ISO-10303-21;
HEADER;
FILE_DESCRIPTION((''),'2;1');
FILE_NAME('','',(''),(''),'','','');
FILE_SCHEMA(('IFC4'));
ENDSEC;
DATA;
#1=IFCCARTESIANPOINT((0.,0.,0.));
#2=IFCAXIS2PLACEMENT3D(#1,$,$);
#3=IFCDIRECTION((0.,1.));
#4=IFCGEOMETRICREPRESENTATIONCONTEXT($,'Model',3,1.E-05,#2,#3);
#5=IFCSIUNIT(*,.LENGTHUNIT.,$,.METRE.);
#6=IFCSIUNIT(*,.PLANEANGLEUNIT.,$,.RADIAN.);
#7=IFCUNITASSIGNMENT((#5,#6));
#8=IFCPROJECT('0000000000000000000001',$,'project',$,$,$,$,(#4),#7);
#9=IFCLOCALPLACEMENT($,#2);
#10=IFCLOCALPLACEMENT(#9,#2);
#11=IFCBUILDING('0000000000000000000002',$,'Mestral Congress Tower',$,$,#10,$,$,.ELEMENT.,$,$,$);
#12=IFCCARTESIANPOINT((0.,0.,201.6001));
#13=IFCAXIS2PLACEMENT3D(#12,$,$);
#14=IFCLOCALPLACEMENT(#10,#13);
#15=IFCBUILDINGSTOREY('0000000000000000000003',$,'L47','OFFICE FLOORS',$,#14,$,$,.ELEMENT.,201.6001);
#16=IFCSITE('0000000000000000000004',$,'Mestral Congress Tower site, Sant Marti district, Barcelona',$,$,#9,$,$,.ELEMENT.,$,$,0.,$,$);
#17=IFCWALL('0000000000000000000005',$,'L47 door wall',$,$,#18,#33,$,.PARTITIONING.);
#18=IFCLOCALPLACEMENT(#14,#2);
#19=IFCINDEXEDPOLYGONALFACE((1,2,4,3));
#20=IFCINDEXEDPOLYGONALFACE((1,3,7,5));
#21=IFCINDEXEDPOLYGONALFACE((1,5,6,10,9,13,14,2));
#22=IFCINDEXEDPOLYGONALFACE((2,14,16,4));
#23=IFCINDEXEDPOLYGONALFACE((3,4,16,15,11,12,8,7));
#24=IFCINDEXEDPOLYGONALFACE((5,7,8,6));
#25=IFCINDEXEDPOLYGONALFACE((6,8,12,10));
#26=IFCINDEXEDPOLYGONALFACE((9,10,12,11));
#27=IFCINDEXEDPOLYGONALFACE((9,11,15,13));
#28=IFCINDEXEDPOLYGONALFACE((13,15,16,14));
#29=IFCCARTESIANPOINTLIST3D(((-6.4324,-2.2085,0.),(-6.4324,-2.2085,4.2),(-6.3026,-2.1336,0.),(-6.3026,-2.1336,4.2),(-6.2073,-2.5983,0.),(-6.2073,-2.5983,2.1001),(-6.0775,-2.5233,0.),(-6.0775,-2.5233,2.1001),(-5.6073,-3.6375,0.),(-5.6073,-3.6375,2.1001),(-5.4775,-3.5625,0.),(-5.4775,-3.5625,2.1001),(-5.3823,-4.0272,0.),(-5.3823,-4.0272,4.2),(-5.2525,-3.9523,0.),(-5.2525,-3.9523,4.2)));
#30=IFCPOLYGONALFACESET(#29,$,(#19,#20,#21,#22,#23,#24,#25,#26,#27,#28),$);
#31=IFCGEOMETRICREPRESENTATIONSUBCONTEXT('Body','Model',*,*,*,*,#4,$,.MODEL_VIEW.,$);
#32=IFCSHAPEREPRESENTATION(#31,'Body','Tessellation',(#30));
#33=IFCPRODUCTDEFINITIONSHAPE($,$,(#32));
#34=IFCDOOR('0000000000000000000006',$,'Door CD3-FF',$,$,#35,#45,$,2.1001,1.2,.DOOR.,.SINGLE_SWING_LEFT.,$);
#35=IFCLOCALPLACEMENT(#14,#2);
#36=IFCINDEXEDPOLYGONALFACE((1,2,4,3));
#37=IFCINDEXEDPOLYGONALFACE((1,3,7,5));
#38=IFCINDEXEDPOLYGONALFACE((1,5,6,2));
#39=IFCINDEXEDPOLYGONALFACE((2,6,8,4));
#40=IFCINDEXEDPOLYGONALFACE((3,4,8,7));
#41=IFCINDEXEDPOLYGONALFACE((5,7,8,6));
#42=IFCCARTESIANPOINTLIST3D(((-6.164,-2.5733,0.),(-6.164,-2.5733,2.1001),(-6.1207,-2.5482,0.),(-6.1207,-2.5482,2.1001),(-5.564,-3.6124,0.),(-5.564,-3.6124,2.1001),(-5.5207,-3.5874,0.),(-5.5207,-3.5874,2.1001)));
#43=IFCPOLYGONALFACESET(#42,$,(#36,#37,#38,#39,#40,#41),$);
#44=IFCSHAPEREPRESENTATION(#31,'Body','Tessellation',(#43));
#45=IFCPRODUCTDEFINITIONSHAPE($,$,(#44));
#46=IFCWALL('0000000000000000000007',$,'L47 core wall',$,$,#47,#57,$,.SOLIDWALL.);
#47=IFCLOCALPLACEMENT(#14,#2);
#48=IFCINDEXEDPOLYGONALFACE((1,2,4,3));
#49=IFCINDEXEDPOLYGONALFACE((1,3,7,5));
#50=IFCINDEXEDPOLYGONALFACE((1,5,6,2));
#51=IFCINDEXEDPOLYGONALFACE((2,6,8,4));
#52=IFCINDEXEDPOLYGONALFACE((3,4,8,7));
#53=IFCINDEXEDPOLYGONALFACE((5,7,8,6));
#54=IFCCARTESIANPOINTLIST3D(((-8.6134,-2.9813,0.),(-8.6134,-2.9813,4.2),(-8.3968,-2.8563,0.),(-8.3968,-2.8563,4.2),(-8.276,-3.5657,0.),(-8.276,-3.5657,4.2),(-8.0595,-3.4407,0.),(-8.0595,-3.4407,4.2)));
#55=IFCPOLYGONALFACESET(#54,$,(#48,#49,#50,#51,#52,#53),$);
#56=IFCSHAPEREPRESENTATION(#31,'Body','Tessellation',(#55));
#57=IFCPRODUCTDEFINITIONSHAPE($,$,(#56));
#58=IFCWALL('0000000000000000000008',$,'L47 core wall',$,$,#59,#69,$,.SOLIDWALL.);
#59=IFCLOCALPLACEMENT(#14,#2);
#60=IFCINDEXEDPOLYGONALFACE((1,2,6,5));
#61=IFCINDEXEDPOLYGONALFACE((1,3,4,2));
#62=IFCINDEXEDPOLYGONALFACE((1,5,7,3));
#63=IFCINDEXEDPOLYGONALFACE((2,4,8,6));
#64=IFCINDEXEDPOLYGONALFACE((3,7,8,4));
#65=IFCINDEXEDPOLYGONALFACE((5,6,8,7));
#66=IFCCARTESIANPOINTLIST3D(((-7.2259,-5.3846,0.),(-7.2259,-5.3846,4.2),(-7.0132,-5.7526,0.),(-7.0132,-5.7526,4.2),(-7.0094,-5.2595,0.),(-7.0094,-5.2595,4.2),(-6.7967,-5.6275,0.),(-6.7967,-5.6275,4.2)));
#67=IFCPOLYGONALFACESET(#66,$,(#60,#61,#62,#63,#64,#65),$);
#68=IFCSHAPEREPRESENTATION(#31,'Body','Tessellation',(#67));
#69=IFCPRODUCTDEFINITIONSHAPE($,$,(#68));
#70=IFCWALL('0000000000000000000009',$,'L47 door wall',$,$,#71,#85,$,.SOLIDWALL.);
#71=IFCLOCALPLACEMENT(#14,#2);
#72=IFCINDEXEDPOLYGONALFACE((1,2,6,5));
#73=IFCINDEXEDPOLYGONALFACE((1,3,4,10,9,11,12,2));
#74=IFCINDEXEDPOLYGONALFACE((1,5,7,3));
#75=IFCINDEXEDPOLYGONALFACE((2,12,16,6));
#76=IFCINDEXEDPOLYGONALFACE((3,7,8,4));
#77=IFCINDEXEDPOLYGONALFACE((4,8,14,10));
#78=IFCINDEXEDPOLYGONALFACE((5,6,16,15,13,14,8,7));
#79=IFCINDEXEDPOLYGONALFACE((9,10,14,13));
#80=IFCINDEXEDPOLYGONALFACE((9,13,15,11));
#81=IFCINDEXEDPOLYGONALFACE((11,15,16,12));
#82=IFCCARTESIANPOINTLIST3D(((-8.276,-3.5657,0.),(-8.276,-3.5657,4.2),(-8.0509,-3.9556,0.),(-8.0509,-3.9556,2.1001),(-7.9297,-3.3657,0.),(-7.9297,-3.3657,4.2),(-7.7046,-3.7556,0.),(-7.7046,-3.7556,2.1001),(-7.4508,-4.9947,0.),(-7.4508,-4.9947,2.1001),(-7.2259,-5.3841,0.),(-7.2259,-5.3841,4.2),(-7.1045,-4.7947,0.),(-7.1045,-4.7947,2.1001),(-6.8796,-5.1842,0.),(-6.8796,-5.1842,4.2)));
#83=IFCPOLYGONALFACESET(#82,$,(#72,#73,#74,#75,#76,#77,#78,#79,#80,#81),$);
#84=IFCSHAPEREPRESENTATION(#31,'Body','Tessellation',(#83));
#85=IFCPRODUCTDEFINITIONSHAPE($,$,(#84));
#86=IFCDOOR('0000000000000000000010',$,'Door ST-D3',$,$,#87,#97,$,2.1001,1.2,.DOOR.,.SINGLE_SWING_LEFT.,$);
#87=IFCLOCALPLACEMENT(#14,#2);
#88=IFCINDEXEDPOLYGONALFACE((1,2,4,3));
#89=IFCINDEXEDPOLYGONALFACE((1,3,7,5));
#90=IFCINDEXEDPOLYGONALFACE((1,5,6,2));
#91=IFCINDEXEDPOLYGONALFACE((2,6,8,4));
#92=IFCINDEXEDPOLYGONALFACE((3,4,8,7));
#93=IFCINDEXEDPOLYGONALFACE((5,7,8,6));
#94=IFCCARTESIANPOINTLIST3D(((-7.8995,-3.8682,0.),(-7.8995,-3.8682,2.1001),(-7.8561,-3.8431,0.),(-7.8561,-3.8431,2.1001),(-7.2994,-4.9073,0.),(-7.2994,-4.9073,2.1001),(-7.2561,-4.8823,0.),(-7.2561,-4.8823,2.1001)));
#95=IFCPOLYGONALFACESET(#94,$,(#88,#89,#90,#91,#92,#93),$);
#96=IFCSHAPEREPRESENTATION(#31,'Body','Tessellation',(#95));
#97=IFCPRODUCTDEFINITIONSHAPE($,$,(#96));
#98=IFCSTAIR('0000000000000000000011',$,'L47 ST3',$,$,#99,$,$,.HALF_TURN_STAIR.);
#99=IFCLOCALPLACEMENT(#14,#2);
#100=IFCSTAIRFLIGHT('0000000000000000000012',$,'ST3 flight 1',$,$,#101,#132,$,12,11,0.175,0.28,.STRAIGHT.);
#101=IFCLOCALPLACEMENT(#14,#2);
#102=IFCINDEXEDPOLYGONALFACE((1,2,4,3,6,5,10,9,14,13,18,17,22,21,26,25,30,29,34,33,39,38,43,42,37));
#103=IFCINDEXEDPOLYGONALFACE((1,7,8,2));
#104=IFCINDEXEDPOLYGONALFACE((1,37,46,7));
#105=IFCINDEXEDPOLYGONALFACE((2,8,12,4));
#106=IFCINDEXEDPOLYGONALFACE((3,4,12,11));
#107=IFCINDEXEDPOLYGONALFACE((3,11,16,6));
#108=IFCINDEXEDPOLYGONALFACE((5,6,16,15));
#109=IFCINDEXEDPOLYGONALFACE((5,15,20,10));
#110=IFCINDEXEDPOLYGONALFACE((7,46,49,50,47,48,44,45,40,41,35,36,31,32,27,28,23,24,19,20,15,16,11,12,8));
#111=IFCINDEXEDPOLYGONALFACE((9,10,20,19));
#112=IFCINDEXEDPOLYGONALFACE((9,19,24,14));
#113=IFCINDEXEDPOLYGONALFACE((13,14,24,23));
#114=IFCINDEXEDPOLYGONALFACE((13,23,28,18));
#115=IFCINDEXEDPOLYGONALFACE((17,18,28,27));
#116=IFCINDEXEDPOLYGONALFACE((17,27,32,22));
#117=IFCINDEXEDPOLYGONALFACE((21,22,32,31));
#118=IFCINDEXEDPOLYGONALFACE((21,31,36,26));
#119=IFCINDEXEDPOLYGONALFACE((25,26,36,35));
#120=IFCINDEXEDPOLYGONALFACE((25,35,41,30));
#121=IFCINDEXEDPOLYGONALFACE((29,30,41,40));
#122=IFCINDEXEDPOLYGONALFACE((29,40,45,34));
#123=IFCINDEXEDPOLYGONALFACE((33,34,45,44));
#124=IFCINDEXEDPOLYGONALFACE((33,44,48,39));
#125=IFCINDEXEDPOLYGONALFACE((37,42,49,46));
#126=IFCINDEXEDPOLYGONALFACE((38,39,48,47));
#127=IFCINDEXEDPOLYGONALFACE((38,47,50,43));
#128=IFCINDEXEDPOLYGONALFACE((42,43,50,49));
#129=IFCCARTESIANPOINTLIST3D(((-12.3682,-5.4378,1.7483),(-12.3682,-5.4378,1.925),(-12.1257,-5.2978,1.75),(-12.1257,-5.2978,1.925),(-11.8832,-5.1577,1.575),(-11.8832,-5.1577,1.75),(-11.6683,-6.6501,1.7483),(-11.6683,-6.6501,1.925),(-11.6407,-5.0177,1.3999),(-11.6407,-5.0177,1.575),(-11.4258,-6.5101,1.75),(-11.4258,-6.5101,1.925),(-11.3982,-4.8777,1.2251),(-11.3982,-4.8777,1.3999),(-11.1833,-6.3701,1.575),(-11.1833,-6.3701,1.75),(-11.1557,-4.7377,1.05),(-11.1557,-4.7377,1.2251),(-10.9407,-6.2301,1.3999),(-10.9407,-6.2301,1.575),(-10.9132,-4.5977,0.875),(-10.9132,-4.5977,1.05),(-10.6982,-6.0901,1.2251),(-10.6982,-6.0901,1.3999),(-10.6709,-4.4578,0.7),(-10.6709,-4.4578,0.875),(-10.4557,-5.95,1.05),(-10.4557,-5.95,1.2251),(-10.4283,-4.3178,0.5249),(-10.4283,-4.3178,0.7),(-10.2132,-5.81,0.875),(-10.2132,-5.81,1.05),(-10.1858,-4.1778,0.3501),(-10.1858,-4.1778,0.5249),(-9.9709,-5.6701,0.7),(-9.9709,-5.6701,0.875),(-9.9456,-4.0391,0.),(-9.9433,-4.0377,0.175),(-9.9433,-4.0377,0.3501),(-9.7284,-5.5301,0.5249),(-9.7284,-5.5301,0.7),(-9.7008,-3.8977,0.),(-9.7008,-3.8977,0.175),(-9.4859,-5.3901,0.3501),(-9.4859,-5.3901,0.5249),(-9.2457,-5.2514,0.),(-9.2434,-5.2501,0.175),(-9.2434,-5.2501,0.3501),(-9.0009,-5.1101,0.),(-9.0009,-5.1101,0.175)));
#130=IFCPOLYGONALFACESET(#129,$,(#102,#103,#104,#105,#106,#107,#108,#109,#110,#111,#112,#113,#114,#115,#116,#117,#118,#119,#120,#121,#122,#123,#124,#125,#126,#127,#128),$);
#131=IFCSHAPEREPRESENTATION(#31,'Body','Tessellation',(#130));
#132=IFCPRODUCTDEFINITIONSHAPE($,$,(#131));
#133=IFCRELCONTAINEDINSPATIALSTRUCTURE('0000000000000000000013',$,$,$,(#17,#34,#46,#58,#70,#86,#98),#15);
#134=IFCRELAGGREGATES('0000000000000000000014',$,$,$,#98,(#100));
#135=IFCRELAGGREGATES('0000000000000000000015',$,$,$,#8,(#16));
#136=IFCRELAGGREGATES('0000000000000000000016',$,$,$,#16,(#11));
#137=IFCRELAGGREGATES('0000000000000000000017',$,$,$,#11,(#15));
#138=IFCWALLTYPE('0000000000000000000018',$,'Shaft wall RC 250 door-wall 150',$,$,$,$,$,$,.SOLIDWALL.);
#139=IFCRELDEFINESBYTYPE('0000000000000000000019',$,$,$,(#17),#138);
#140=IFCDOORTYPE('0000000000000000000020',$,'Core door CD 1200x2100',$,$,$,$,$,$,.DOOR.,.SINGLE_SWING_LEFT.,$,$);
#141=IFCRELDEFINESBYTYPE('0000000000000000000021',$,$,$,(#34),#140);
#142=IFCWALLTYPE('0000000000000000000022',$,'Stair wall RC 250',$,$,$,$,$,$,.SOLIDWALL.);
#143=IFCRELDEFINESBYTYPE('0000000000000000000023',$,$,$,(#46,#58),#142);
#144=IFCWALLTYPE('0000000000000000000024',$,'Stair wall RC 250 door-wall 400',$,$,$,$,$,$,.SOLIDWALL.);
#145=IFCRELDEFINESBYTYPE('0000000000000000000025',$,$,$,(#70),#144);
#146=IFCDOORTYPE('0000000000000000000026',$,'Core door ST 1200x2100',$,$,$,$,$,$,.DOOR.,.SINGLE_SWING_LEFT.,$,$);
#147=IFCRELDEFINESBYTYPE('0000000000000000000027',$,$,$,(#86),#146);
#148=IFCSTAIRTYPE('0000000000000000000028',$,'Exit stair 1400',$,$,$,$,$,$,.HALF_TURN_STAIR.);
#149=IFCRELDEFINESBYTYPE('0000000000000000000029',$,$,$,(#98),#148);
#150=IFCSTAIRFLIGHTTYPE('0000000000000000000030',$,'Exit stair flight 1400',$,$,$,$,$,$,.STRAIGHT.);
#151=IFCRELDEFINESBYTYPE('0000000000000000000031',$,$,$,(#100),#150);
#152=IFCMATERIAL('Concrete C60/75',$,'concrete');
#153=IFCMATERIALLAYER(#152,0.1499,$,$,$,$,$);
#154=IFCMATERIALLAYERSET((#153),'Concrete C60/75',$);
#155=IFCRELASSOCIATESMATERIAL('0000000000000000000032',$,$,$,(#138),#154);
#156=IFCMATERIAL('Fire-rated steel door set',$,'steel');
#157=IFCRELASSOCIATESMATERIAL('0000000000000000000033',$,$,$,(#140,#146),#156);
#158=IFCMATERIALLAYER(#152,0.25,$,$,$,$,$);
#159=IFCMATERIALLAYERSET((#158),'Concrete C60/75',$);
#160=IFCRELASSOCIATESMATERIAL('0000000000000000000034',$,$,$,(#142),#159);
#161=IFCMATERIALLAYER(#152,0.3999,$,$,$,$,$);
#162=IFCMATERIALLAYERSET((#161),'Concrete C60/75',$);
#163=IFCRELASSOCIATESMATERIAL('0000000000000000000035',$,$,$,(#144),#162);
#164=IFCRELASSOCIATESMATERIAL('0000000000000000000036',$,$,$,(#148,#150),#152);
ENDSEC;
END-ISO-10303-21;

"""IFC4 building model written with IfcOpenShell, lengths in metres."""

from ifc_helpers import new_model, si_unit, direction, frame, frame_2d, origin, place, context, subcontext, project, spatial, polyline, rectangle, outline, extrude, material, layer, layer_set, type_object, element, fill, aggregate, save


model = new_model("IFC4")

# Units and contexts
model_context = context("Model", 3, precision=1e-05, world=origin(), true_north=direction((0.0, 1.0)))
body_context = subcontext(model_context, "Body", "Model", "MODEL_VIEW")
ifc_project = project(units=[si_unit("LENGTHUNIT", "METRE"), si_unit("PLANEANGLEUNIT", "RADIAN")], contexts=[model_context])

# Site, building, storey
site_placement = place(None, origin())
site = spatial("IfcSite", under=ifc_project, at=site_placement, Name="Mestral Congress Tower site, Sant Marti district, Barcelona", CompositionType="ELEMENT", RefElevation=0.0)
building_placement = place(site_placement, origin())
building = spatial("IfcBuilding", under=site, at=building_placement, Name="Mestral Congress Tower", CompositionType="ELEMENT")
storey_placement = place(building_placement, frame((0.0, 0.0, 201.6001)))
storey = spatial("IfcBuildingStorey", under=building, at=storey_placement, Name="L47", Description="OFFICE FLOORS", CompositionType="ELEMENT", Elevation=201.6001)

# Shared definitions
ifc_material_1 = material(Name="Concrete C60/75", Category="concrete")

# Shared definitions
ifc_material_2 = material(Name="Fire-rated steel door set", Category="steel")

# Shared definitions
ifc_layer_1 = layer(ifc_material_1, 0.1499)
ifc_layer_set_1 = layer_set([ifc_layer_1], Name="Concrete C60/75")
wall_type_1 = type_object("IfcWallType", Name="Shaft wall RC 250 door-wall 150", PredefinedType="SOLIDWALL", material=ifc_layer_set_1)

# Wall, opening, door
wall_1_placement = place(storey_placement, frame((-5.3174, -3.9897, 0.0), z_axis=(0.0, 0.0, 1.0), x_axis=(-0.500028, 0.866009, 0.0)))
wall_1 = element("IfcWall", 1, at=wall_1_placement, inside=storey, type_object=wall_type_1, Name="L47 door wall", PredefinedType="PARTITIONING", context=body_context, shape_type="SweptSolid", body=[
    extrude(rectangle(XDim=2.1001, YDim=0.1499, at=frame_2d((1.05, 0.0))), origin(), (0.0, 0.0, 1.0), 4.2),
])
opening_1_placement = place(wall_1_placement, frame((0.45, 0.0, 0.0)))
opening_1 = element("IfcOpeningElement", 2, at=opening_1_placement, cuts=wall_1, PredefinedType="OPENING", context=body_context, shape_type="SweptSolid", body=[
    extrude(rectangle(XDim=1.2, YDim=2.1001, at=frame_2d((0.6001, 1.05))), frame((0.0, 0.085, 0.0), z_axis=(0.0, -1.0, 0.0), x_axis=(1.0, 0.0, 0.0)), (0.0, 0.0, 1.0), 0.1699),
])
door_type_1 = type_object("IfcDoorType", Name="Core door CD 1200x2100", OperationType="SINGLE_SWING_LEFT", PredefinedType="DOOR", material=ifc_material_2)
door_1_placement = place(opening_1_placement, origin())
door_1 = element("IfcDoor", 3, at=door_1_placement, inside=storey, type_object=door_type_1, Name="Door CD3-FF", OperationType="SINGLE_SWING_LEFT", OverallHeight=2.1001, OverallWidth=1.2, PredefinedType="DOOR", context=body_context, shape_type="SweptSolid", body=[
    extrude(rectangle(XDim=1.2, YDim=2.1001, at=frame_2d((0.6001, 1.05))), frame((0.0, 0.0249, 0.0), z_axis=(0.0, -1.0, 0.0), x_axis=(1.0, 0.0, 0.0)), (0.0, 0.0, 1.0), 0.05),
])
fill(opening_1, door_1)

# Walls
ifc_layer_2 = layer(ifc_material_1, 0.25)
ifc_layer_set_2 = layer_set([ifc_layer_2], Name="Concrete C60/75")
wall_type_2 = type_object("IfcWallType", Name="Stair wall RC 250", PredefinedType="SOLIDWALL", material=ifc_layer_set_2)
wall_2_placement = place(storey_placement, frame((-8.1677, -3.5032, 0.0), z_axis=(0.0, 0.0, 1.0), x_axis=(-0.499952, 0.866053, 0.0)))
element("IfcWall", 4, at=wall_2_placement, inside=storey, type_object=wall_type_2, Name="L47 core wall", PredefinedType="SOLIDWALL", context=body_context, shape_type="SweptSolid", body=[
    extrude(rectangle(XDim=0.6748, YDim=0.25, at=frame_2d((0.3374, 0.0))), origin(), (0.0, 0.0, 1.0), 4.2),
])
wall_3_placement = place(storey_placement, frame((-6.905, -5.6899, 0.0), z_axis=(0.0, 0.0, 1.0), x_axis=(-0.500402, 0.865793, 0.0)))
element("IfcWall", 5, at=wall_3_placement, inside=storey, type_object=wall_type_2, Name="L47 core wall", PredefinedType="SOLIDWALL", context=body_context, shape_type="SweptSolid", body=[
    extrude(rectangle(XDim=0.425, YDim=0.25, at=frame_2d((0.2124, 0.0))), origin(), (0.0, 0.0, 1.0), 4.2),
])

# Wall, opening, door
ifc_layer_3 = layer(ifc_material_1, 0.3999)
ifc_layer_set_3 = layer_set([ifc_layer_3], Name="Concrete C60/75")
wall_type_3 = type_object("IfcWallType", Name="Stair wall RC 250 door-wall 400", PredefinedType="SOLIDWALL", material=ifc_layer_set_3)
wall_4_placement = place(storey_placement, frame((-8.1028, -3.4658, 0.0), z_axis=(0.0, 0.0, 1.0), x_axis=(0.500078, -0.86598, 0.0)))
wall_4 = element("IfcWall", 6, at=wall_4_placement, inside=storey, type_object=wall_type_3, Name="L47 door wall", PredefinedType="SOLIDWALL", context=body_context, shape_type="SweptSolid", body=[
    extrude(rectangle(XDim=2.0999, YDim=0.3999, at=frame_2d((1.0498, 0.0))), origin(), (0.0, 0.0, 1.0), 4.2),
])
opening_2_placement = place(wall_4_placement, frame((0.45, 0.0, 0.0)))
opening_2 = element("IfcOpeningElement", 7, at=opening_2_placement, cuts=wall_4, PredefinedType="OPENING", context=body_context, shape_type="SweptSolid", body=[
    extrude(rectangle(XDim=1.2, YDim=2.1001, at=frame_2d((0.6001, 1.05))), frame((0.0, 0.21, 0.0), z_axis=(0.0, -1.0, 0.0), x_axis=(1.0, 0.0, 0.0)), (0.0, 0.0, 1.0), 0.4199),
])
door_type_2 = type_object("IfcDoorType", Name="Core door ST 1200x2100", OperationType="SINGLE_SWING_LEFT", PredefinedType="DOOR", material=ifc_material_2)
door_2_placement = place(opening_2_placement, origin())
door_2 = element("IfcDoor", 8, at=door_2_placement, inside=storey, type_object=door_type_2, Name="Door ST-D3", OperationType="SINGLE_SWING_LEFT", OverallHeight=2.1001, OverallWidth=1.2, PredefinedType="DOOR", context=body_context, shape_type="SweptSolid", body=[
    extrude(rectangle(XDim=1.2, YDim=2.1001, at=frame_2d((0.6001, 1.05))), frame((0.0, 0.0249, 0.0), z_axis=(0.0, -1.0, 0.0), x_axis=(1.0, 0.0, 0.0)), (0.0, 0.0, 1.0), 0.05),
])
fill(opening_2, door_2)

# Stair, stair flight
stair_type = type_object("IfcStairType", Name="Exit stair 1400", PredefinedType="HALF_TURN_STAIR", material=ifc_material_1)
stair_placement = place(storey_placement, origin())
stair = element("IfcStair", 9, at=stair_placement, inside=storey, type_object=stair_type, Name="L47 ST3", PredefinedType="HALF_TURN_STAIR")
stair_flight_type = type_object("IfcStairFlightType", Name="Exit stair flight 1400", PredefinedType="STRAIGHT", material=ifc_material_1)
stair_flight_placement = place(storey_placement, frame((-9.3508, -4.5039, 0.0), z_axis=(0.0, 0.0, 1.0), x_axis=(-0.866025, -0.5, 0.0)))
stair_flight = element("IfcStairFlight", 10, at=stair_flight_placement, type_object=stair_flight_type, Name="ST3 flight 1", NumberOfRisers=12, NumberOfTreads=11, PredefinedType="STRAIGHT", RiserHeight=0.175, TreadLength=0.28, context=body_context, shape_type="SweptSolid", body=[
    extrude(outline(polyline([(0.0, 0.0), (0.0, 0.175), (0.28, 0.175), (0.28, 0.3501), (0.5601, 0.3501), (0.5601, 0.5249), (0.8401, 0.5249), (0.8401, 0.7), (1.1201, 0.7), (1.1201, 0.875), (1.3999, 0.875), (1.3999, 1.05), (1.6799, 1.05), (1.6799, 1.2251), (1.96, 1.2251), (1.96, 1.3999), (2.24, 1.3999), (2.24, 1.575), (2.52, 1.575), (2.52, 1.75), (2.8, 1.75), (2.8, 1.925), (3.0801, 1.925), (3.0801, 2.1001), (3.0801, 1.7483), (0.2827, 0.0), (0.0, 0.0)])), frame((0.0, 0.7, 0.0), z_axis=(0.0, -1.0, 0.0), x_axis=(1.0, 0.0, 0.0)), (0.0, 0.0, 1.0), 1.3999),
])
aggregate(stair, [stair_flight])

save(model, "model.ifc")
